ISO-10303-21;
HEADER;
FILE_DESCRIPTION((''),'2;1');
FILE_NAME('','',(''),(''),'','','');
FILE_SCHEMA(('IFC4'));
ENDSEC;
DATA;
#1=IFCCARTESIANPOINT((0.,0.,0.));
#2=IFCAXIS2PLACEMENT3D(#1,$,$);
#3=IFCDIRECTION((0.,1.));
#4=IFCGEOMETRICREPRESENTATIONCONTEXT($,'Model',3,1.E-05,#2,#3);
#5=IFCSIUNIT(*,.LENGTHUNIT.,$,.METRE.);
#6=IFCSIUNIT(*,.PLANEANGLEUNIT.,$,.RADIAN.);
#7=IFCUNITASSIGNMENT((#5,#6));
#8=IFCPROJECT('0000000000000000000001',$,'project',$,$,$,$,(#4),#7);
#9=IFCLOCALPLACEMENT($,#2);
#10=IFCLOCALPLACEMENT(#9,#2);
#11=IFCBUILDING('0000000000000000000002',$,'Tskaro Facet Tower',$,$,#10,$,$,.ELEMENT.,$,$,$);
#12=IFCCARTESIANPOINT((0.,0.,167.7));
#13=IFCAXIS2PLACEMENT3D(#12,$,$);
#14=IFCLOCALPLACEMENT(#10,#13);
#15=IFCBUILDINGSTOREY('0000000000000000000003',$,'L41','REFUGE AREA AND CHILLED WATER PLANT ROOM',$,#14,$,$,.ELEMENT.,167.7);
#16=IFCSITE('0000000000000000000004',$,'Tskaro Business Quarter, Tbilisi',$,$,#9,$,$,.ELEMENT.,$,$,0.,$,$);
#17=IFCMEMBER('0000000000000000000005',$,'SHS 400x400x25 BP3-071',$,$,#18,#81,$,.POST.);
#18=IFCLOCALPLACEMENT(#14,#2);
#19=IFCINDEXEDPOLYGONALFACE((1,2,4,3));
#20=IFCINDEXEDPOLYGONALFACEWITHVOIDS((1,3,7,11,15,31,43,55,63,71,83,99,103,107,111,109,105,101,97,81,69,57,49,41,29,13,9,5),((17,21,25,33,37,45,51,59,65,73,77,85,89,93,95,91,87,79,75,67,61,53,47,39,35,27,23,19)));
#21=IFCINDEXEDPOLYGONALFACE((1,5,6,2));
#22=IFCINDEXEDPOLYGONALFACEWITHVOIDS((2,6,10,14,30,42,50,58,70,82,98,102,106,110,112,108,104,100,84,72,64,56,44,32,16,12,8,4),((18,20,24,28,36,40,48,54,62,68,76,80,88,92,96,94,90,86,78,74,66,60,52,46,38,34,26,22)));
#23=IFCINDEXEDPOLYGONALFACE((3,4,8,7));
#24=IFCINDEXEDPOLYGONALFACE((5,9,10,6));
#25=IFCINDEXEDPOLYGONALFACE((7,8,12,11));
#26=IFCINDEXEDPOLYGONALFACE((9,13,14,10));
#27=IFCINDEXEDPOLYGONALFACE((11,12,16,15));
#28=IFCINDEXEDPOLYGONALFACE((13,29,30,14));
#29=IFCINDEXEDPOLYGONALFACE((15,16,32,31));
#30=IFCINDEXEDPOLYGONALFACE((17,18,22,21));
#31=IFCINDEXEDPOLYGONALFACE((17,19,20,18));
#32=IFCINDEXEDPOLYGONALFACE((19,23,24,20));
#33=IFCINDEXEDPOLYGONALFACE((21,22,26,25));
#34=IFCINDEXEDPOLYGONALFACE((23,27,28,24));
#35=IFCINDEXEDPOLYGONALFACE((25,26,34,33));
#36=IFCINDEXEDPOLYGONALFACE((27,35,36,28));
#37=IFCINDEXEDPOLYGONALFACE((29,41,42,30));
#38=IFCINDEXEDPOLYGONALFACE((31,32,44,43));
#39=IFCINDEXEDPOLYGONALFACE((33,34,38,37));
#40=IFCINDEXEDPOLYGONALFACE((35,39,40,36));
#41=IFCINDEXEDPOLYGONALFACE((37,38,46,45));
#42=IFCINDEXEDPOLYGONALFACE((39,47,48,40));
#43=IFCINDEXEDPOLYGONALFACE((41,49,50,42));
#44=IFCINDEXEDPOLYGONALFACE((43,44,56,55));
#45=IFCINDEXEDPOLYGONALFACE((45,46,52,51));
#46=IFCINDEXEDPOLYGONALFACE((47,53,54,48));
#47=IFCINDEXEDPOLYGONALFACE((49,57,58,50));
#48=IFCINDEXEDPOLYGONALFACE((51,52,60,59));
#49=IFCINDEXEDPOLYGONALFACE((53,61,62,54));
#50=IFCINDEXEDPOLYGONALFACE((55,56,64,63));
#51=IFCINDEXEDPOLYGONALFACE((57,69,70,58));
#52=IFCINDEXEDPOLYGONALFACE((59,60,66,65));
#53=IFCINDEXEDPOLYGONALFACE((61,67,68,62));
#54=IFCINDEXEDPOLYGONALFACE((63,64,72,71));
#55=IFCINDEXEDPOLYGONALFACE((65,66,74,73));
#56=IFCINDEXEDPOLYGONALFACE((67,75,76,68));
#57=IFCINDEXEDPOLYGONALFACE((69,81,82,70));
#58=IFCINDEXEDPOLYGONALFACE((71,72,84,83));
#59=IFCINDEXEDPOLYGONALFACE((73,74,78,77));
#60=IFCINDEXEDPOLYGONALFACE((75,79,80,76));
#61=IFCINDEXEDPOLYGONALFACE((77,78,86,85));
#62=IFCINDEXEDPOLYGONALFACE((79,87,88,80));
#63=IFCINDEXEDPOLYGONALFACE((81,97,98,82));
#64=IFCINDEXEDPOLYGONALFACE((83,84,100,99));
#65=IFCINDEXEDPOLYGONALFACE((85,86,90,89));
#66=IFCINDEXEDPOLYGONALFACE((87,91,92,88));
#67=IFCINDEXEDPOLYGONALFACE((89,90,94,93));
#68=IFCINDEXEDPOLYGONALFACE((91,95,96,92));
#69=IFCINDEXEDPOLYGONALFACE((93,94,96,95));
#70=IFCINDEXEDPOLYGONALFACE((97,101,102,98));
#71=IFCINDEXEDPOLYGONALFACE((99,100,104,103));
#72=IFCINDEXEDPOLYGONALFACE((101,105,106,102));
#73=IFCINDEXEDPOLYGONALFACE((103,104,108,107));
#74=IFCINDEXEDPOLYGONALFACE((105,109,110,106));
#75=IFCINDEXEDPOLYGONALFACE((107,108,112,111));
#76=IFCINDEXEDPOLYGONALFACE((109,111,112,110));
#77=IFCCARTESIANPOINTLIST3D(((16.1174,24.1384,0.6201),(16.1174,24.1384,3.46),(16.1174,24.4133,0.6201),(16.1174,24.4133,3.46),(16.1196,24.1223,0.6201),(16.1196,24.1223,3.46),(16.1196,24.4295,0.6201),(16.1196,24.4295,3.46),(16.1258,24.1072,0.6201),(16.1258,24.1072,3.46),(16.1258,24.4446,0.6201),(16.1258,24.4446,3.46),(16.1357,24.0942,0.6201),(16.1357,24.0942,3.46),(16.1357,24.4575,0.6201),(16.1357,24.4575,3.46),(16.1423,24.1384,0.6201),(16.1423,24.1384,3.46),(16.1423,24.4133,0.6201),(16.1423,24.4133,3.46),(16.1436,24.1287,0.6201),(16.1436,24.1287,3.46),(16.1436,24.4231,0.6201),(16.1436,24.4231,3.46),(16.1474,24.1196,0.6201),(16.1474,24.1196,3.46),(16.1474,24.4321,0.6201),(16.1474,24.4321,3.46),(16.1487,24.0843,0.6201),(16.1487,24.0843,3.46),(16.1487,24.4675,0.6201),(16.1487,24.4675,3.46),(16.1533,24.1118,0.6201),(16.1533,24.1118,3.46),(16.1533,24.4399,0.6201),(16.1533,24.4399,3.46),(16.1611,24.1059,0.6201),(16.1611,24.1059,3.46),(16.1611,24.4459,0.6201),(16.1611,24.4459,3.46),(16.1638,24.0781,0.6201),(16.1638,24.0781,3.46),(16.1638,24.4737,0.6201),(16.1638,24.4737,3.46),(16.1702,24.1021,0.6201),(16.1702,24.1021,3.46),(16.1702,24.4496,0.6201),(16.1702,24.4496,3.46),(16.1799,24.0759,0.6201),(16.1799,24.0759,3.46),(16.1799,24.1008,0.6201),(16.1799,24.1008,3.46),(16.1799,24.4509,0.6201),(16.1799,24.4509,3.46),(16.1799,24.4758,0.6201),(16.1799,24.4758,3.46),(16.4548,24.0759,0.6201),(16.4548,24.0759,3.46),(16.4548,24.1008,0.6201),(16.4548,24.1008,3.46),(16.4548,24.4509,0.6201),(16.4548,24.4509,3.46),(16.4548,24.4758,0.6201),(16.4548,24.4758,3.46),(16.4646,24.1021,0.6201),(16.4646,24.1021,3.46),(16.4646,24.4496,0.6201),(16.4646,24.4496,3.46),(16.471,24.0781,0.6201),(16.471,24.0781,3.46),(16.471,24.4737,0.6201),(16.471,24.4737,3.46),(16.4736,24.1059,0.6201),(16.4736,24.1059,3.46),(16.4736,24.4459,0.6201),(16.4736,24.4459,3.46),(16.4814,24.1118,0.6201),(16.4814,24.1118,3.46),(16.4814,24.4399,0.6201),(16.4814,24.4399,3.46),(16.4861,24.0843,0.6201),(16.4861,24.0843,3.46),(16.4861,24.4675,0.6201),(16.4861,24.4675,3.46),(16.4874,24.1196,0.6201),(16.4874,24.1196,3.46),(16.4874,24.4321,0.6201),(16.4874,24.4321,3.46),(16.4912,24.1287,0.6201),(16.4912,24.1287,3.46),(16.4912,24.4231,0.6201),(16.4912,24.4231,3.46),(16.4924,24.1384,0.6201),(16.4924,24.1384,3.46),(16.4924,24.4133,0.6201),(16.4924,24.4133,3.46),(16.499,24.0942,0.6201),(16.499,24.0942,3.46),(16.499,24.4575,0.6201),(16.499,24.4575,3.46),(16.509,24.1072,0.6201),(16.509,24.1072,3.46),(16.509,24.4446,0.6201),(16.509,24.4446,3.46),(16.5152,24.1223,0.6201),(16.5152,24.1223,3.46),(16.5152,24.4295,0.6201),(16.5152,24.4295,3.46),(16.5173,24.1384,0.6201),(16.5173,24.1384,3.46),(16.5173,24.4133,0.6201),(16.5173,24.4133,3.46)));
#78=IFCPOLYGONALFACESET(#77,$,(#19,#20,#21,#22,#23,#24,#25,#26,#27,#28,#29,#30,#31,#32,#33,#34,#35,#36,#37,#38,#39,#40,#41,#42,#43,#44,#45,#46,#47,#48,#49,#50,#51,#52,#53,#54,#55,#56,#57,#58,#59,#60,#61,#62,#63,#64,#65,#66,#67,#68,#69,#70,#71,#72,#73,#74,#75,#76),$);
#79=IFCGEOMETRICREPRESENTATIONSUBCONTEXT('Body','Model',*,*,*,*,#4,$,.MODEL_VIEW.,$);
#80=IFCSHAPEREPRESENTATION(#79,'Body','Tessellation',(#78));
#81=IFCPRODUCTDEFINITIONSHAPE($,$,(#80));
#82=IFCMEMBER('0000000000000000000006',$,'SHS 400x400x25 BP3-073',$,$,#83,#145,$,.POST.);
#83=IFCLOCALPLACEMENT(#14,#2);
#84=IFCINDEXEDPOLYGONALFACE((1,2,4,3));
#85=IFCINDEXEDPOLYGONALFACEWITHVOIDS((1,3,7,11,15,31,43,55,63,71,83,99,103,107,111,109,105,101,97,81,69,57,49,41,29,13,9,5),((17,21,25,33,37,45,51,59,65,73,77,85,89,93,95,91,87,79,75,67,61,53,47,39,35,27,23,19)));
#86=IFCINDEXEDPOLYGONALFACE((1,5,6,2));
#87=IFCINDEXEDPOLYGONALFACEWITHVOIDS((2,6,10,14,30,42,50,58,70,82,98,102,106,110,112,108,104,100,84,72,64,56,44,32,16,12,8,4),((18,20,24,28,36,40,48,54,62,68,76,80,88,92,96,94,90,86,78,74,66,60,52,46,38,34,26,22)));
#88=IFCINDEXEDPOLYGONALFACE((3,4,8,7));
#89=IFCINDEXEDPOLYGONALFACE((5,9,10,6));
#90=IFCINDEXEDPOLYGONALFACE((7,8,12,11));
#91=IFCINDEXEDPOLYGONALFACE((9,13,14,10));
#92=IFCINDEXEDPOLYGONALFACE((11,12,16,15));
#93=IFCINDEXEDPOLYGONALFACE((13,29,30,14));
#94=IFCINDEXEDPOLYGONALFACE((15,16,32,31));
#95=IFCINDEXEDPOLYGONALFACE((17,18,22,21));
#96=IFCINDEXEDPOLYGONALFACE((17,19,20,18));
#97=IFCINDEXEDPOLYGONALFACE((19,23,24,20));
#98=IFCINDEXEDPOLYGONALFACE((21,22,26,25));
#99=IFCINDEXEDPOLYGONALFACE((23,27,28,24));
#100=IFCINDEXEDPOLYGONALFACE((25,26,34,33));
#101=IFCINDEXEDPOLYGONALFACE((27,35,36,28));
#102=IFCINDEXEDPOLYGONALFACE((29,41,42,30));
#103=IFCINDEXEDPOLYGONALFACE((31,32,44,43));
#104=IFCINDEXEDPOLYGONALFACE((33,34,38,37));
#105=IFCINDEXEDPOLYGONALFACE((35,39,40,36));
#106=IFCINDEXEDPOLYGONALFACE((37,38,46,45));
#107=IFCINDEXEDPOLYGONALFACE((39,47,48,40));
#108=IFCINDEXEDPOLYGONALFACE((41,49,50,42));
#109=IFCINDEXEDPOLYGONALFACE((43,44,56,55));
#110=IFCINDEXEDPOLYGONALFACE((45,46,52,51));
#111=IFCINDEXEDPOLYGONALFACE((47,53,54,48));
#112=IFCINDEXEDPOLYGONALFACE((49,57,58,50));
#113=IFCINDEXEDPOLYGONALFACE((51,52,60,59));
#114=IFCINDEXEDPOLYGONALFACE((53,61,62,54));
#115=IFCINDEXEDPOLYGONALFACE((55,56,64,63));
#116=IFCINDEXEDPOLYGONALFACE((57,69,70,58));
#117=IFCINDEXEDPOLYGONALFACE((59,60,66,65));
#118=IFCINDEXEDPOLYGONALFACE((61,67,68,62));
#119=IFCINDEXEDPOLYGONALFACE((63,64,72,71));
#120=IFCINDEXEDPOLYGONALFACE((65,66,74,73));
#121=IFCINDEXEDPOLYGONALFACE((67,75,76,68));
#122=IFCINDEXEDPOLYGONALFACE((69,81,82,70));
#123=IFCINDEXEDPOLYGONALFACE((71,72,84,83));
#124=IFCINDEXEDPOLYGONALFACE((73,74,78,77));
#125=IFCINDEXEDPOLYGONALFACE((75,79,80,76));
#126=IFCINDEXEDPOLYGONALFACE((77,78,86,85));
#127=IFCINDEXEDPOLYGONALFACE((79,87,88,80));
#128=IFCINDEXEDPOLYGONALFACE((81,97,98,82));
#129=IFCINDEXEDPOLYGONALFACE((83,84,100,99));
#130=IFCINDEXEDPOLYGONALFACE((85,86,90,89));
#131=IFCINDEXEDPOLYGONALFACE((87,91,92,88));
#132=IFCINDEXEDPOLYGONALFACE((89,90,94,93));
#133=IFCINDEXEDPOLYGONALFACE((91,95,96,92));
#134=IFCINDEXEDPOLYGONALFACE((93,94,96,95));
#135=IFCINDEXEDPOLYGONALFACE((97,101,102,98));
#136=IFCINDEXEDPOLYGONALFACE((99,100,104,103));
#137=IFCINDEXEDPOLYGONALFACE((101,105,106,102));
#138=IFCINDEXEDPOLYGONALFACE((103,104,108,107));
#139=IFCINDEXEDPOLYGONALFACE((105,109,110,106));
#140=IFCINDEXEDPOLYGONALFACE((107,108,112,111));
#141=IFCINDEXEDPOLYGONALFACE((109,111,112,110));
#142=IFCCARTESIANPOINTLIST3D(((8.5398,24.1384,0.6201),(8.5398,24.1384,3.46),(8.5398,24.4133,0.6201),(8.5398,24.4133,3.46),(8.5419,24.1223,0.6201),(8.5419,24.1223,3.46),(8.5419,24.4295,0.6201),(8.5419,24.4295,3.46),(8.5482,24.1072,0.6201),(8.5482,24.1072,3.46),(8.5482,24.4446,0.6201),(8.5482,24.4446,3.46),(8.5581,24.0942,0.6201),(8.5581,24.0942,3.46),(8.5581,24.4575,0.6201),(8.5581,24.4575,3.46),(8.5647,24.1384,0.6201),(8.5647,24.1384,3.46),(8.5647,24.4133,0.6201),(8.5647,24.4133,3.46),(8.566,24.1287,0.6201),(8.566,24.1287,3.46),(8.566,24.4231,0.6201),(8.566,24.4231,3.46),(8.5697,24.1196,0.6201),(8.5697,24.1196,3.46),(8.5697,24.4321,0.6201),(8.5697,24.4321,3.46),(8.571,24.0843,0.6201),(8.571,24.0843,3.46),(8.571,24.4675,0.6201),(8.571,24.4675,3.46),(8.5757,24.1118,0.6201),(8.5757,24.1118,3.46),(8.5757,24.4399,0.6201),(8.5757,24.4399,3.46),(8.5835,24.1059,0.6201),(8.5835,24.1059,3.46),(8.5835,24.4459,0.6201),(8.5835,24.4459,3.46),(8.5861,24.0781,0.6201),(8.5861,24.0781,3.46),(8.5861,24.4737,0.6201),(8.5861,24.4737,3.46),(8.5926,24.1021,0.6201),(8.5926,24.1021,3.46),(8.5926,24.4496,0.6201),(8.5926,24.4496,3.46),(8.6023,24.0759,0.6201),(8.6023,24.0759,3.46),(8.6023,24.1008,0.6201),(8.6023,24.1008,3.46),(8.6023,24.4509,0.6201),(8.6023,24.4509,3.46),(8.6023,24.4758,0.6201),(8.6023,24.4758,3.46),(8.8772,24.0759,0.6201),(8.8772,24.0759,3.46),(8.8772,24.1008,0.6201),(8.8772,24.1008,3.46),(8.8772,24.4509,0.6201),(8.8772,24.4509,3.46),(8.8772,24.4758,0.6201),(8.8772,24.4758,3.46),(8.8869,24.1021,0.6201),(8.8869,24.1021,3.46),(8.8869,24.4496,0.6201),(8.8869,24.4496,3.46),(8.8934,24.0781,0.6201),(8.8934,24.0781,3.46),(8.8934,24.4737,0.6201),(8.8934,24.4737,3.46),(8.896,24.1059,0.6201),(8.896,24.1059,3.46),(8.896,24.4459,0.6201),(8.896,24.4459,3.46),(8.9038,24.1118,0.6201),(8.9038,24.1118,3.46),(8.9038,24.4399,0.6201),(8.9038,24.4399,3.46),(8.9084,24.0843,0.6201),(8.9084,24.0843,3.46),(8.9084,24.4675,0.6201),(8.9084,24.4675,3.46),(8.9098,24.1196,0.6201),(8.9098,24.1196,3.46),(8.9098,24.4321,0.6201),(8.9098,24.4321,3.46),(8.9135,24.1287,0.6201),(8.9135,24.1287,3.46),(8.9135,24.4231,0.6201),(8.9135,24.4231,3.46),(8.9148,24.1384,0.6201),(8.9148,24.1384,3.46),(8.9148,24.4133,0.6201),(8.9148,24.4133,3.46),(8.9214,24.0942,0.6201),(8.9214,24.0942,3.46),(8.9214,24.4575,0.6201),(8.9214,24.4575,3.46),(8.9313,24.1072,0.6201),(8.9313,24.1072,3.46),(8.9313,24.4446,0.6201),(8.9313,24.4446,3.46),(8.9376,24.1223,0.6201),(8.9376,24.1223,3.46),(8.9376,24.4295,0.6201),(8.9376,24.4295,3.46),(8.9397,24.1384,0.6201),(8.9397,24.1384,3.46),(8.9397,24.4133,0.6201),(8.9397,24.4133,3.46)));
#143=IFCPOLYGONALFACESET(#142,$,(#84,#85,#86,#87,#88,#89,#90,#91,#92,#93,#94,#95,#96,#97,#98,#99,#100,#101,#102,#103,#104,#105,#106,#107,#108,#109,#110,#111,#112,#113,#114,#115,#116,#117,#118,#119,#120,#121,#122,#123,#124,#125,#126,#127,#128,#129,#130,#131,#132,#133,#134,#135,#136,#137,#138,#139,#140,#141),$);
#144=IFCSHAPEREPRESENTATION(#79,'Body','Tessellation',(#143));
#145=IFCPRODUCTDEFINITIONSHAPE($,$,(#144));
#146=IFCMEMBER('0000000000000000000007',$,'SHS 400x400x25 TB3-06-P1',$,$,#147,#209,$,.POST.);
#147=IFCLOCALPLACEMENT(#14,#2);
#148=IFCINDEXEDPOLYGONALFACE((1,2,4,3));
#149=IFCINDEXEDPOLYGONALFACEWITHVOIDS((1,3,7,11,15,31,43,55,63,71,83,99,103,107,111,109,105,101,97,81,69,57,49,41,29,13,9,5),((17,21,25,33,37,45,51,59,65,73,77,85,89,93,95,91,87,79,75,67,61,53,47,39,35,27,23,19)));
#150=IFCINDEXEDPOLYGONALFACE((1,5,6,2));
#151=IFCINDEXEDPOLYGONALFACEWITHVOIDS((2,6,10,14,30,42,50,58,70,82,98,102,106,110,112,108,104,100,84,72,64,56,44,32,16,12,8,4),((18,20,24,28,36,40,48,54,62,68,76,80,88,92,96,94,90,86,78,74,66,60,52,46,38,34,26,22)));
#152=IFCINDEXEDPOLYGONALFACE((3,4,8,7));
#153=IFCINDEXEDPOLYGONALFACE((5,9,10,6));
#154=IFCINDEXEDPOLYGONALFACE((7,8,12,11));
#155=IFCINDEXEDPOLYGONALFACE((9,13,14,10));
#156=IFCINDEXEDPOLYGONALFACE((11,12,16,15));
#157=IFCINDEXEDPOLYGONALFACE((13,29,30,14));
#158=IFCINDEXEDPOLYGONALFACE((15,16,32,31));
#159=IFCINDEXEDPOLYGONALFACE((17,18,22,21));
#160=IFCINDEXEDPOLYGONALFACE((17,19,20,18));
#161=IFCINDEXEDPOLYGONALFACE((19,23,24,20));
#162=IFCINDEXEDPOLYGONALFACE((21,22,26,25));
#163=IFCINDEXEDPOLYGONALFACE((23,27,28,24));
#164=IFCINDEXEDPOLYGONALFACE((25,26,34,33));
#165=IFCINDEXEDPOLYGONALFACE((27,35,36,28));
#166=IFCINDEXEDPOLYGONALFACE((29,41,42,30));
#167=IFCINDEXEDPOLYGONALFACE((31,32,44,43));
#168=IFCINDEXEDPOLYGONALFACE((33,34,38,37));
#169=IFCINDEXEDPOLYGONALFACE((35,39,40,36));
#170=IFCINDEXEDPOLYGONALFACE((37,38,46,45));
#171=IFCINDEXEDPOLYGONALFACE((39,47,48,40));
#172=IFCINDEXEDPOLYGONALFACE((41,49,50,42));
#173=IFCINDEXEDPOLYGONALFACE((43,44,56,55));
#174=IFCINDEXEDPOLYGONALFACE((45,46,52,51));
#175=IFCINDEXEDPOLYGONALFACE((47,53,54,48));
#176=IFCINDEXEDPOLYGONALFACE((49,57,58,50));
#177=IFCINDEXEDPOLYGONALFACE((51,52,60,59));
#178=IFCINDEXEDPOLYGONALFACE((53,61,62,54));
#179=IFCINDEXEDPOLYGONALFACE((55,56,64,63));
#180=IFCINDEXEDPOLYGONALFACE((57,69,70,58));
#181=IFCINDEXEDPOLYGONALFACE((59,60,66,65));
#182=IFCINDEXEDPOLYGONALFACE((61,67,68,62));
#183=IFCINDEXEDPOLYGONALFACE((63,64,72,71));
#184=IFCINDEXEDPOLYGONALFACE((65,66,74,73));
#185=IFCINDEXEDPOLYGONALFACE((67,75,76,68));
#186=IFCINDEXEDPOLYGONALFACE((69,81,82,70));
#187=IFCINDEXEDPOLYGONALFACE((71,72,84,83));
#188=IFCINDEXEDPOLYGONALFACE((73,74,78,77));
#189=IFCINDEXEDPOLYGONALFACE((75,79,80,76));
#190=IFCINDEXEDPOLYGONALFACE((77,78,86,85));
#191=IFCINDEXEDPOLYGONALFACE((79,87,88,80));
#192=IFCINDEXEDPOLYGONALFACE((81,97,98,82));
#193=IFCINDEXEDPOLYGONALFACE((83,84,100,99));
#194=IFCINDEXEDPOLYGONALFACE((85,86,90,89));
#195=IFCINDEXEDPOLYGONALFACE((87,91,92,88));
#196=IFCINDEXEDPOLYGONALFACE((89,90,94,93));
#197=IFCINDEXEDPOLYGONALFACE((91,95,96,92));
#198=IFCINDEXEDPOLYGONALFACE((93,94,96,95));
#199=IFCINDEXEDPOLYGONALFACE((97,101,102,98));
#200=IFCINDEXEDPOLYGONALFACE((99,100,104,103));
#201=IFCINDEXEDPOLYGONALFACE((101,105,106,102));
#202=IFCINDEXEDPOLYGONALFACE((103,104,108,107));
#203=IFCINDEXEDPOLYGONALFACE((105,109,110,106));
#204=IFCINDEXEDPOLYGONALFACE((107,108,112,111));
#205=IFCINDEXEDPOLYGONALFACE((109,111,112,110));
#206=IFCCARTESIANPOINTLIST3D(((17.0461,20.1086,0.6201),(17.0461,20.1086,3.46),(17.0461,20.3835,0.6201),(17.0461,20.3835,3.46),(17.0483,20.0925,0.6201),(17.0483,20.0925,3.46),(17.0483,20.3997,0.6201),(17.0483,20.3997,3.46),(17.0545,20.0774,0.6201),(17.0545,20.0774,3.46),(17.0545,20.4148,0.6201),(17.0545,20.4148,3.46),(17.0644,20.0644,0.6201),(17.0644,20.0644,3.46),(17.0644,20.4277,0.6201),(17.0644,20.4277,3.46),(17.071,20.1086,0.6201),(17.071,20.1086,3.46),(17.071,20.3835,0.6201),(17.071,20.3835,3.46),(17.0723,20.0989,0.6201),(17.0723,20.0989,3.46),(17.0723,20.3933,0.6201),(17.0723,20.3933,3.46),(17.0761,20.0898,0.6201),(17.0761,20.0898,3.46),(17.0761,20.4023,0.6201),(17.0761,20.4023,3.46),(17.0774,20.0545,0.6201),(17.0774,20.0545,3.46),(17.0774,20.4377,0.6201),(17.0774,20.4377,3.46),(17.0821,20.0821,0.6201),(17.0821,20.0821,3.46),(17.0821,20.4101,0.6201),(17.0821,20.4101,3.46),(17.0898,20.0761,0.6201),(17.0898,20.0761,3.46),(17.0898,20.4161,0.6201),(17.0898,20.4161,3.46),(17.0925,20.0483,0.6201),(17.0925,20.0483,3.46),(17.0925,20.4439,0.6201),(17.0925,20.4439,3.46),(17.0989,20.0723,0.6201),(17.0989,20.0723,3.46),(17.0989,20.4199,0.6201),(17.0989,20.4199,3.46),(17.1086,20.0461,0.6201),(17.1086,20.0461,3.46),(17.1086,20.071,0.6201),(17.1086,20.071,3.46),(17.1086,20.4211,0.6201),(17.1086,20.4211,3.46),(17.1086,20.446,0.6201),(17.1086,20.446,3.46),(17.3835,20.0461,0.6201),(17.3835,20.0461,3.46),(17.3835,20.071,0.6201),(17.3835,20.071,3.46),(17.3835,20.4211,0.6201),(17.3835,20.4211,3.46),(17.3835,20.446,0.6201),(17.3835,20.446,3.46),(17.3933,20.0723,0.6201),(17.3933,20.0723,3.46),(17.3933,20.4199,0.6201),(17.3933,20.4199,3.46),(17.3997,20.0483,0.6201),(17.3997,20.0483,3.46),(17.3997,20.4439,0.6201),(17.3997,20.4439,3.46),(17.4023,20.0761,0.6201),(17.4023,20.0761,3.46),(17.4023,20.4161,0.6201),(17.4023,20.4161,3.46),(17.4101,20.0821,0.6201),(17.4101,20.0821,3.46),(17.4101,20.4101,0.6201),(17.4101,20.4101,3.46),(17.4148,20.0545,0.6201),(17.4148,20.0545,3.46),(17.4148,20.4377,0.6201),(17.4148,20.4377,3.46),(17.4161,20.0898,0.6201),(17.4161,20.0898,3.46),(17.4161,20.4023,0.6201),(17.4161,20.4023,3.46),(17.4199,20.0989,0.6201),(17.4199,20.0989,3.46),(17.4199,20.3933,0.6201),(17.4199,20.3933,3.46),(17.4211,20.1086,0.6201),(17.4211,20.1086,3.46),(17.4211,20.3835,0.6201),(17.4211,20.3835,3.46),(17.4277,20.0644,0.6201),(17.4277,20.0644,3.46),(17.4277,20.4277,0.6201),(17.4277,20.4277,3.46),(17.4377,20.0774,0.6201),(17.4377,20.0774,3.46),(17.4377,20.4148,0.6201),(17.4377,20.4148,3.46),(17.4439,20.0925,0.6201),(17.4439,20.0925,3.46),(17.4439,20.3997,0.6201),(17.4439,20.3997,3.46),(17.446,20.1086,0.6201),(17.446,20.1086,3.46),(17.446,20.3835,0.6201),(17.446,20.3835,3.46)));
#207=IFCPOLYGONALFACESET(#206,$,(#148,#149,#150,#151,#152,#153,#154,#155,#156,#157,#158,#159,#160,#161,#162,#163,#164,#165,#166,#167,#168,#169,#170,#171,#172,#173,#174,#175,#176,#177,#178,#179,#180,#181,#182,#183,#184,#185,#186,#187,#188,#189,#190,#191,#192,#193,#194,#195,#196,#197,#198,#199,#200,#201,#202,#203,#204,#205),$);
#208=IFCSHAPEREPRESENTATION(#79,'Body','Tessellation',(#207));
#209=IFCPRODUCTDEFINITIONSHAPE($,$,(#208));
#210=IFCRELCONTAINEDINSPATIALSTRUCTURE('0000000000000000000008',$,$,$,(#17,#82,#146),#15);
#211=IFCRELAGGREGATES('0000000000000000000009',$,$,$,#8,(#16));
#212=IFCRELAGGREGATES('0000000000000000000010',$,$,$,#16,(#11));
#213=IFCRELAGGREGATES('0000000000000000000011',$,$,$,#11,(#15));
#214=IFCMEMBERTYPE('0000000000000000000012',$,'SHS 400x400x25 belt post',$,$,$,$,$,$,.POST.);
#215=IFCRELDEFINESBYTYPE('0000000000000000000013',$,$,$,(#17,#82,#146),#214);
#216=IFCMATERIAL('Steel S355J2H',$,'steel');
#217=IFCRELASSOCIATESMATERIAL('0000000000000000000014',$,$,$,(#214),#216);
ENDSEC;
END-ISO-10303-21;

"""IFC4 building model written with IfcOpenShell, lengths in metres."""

from ifc_helpers import new_model, si_unit, direction, frame, origin, origin_2d, place, context, subcontext, project, spatial, hollow_rectangle, extrude, material, material_profile, profile_set, type_object, element, save


model = new_model("IFC4")

# Units and contexts
model_context = context("Model", 3, precision=1e-05, world=origin(), true_north=direction((0.0, 1.0)))
body_context = subcontext(model_context, "Body", "Model", "MODEL_VIEW")
ifc_project = project(units=[si_unit("LENGTHUNIT", "METRE"), si_unit("PLANEANGLEUNIT", "RADIAN")], contexts=[model_context])

# Site, building, storey
site_placement = place(None, origin())
site = spatial("IfcSite", under=ifc_project, at=site_placement, Name="Tskaro Business Quarter, Tbilisi", CompositionType="ELEMENT", RefElevation=0.0)
building_placement = place(site_placement, origin())
building = spatial("IfcBuilding", under=site, at=building_placement, Name="Tskaro Facet Tower", CompositionType="ELEMENT")
storey_placement = place(building_placement, frame((0.0, 0.0, 167.7)))
storey = spatial("IfcBuildingStorey", under=building, at=storey_placement, Name="L41", Description="REFUGE AREA AND CHILLED WATER PLANT ROOM", CompositionType="ELEMENT", Elevation=167.7)

# Shared definitions
ifc_material_1 = material(Name="Steel S355J2H", Category="steel")

# Members
ifc_material_profile_1 = material_profile(ifc_material_1, hollow_rectangle(XDim=0.3999, YDim=0.3999, WallThickness=0.0249, InnerFilletRadius=0.0376, OuterFilletRadius=0.0625, at=origin_2d()), Name="SHS 400x400x25")
ifc_profile_set_1 = profile_set([ifc_material_profile_1], Name="Steel S355J2H")
member_type_1 = type_object("IfcMemberType", Name="SHS 400x400x25 belt post", PredefinedType="POST", material=ifc_profile_set_1)
for number, where, z_axis, x_axis, name in (
    (1, (16.3174, 24.2759, 0.6201), (0.0, 0.0, 1.0), (1.0, 0.0, 0.0), "SHS 400x400x25 BP3-071"),
    (2, (8.7397, 24.2759, 0.6201), (0.0, 0.0, 1.0), (1.0, 0.0, 0.0), "SHS 400x400x25 BP3-073"),
    (3, (17.2461, 20.2461, 0.6201), (0.0, 0.0, 1.0), (1.0, 0.0, 0.0), "SHS 400x400x25 TB3-06-P1"),
):
    element("IfcMember", number, at=place(storey_placement, frame(where, z_axis=z_axis, x_axis=x_axis)), inside=storey, type_object=member_type_1, Name=name, PredefinedType="POST", context=body_context, shape_type="SweptSolid", body=[
        extrude(hollow_rectangle(XDim=0.3999, YDim=0.3999, WallThickness=0.0249, InnerFilletRadius=0.0376, OuterFilletRadius=0.0625, at=origin_2d()), origin(), (0.0, 0.0, 1.0), 2.8398),
    ])

save(model, "model.ifc")
